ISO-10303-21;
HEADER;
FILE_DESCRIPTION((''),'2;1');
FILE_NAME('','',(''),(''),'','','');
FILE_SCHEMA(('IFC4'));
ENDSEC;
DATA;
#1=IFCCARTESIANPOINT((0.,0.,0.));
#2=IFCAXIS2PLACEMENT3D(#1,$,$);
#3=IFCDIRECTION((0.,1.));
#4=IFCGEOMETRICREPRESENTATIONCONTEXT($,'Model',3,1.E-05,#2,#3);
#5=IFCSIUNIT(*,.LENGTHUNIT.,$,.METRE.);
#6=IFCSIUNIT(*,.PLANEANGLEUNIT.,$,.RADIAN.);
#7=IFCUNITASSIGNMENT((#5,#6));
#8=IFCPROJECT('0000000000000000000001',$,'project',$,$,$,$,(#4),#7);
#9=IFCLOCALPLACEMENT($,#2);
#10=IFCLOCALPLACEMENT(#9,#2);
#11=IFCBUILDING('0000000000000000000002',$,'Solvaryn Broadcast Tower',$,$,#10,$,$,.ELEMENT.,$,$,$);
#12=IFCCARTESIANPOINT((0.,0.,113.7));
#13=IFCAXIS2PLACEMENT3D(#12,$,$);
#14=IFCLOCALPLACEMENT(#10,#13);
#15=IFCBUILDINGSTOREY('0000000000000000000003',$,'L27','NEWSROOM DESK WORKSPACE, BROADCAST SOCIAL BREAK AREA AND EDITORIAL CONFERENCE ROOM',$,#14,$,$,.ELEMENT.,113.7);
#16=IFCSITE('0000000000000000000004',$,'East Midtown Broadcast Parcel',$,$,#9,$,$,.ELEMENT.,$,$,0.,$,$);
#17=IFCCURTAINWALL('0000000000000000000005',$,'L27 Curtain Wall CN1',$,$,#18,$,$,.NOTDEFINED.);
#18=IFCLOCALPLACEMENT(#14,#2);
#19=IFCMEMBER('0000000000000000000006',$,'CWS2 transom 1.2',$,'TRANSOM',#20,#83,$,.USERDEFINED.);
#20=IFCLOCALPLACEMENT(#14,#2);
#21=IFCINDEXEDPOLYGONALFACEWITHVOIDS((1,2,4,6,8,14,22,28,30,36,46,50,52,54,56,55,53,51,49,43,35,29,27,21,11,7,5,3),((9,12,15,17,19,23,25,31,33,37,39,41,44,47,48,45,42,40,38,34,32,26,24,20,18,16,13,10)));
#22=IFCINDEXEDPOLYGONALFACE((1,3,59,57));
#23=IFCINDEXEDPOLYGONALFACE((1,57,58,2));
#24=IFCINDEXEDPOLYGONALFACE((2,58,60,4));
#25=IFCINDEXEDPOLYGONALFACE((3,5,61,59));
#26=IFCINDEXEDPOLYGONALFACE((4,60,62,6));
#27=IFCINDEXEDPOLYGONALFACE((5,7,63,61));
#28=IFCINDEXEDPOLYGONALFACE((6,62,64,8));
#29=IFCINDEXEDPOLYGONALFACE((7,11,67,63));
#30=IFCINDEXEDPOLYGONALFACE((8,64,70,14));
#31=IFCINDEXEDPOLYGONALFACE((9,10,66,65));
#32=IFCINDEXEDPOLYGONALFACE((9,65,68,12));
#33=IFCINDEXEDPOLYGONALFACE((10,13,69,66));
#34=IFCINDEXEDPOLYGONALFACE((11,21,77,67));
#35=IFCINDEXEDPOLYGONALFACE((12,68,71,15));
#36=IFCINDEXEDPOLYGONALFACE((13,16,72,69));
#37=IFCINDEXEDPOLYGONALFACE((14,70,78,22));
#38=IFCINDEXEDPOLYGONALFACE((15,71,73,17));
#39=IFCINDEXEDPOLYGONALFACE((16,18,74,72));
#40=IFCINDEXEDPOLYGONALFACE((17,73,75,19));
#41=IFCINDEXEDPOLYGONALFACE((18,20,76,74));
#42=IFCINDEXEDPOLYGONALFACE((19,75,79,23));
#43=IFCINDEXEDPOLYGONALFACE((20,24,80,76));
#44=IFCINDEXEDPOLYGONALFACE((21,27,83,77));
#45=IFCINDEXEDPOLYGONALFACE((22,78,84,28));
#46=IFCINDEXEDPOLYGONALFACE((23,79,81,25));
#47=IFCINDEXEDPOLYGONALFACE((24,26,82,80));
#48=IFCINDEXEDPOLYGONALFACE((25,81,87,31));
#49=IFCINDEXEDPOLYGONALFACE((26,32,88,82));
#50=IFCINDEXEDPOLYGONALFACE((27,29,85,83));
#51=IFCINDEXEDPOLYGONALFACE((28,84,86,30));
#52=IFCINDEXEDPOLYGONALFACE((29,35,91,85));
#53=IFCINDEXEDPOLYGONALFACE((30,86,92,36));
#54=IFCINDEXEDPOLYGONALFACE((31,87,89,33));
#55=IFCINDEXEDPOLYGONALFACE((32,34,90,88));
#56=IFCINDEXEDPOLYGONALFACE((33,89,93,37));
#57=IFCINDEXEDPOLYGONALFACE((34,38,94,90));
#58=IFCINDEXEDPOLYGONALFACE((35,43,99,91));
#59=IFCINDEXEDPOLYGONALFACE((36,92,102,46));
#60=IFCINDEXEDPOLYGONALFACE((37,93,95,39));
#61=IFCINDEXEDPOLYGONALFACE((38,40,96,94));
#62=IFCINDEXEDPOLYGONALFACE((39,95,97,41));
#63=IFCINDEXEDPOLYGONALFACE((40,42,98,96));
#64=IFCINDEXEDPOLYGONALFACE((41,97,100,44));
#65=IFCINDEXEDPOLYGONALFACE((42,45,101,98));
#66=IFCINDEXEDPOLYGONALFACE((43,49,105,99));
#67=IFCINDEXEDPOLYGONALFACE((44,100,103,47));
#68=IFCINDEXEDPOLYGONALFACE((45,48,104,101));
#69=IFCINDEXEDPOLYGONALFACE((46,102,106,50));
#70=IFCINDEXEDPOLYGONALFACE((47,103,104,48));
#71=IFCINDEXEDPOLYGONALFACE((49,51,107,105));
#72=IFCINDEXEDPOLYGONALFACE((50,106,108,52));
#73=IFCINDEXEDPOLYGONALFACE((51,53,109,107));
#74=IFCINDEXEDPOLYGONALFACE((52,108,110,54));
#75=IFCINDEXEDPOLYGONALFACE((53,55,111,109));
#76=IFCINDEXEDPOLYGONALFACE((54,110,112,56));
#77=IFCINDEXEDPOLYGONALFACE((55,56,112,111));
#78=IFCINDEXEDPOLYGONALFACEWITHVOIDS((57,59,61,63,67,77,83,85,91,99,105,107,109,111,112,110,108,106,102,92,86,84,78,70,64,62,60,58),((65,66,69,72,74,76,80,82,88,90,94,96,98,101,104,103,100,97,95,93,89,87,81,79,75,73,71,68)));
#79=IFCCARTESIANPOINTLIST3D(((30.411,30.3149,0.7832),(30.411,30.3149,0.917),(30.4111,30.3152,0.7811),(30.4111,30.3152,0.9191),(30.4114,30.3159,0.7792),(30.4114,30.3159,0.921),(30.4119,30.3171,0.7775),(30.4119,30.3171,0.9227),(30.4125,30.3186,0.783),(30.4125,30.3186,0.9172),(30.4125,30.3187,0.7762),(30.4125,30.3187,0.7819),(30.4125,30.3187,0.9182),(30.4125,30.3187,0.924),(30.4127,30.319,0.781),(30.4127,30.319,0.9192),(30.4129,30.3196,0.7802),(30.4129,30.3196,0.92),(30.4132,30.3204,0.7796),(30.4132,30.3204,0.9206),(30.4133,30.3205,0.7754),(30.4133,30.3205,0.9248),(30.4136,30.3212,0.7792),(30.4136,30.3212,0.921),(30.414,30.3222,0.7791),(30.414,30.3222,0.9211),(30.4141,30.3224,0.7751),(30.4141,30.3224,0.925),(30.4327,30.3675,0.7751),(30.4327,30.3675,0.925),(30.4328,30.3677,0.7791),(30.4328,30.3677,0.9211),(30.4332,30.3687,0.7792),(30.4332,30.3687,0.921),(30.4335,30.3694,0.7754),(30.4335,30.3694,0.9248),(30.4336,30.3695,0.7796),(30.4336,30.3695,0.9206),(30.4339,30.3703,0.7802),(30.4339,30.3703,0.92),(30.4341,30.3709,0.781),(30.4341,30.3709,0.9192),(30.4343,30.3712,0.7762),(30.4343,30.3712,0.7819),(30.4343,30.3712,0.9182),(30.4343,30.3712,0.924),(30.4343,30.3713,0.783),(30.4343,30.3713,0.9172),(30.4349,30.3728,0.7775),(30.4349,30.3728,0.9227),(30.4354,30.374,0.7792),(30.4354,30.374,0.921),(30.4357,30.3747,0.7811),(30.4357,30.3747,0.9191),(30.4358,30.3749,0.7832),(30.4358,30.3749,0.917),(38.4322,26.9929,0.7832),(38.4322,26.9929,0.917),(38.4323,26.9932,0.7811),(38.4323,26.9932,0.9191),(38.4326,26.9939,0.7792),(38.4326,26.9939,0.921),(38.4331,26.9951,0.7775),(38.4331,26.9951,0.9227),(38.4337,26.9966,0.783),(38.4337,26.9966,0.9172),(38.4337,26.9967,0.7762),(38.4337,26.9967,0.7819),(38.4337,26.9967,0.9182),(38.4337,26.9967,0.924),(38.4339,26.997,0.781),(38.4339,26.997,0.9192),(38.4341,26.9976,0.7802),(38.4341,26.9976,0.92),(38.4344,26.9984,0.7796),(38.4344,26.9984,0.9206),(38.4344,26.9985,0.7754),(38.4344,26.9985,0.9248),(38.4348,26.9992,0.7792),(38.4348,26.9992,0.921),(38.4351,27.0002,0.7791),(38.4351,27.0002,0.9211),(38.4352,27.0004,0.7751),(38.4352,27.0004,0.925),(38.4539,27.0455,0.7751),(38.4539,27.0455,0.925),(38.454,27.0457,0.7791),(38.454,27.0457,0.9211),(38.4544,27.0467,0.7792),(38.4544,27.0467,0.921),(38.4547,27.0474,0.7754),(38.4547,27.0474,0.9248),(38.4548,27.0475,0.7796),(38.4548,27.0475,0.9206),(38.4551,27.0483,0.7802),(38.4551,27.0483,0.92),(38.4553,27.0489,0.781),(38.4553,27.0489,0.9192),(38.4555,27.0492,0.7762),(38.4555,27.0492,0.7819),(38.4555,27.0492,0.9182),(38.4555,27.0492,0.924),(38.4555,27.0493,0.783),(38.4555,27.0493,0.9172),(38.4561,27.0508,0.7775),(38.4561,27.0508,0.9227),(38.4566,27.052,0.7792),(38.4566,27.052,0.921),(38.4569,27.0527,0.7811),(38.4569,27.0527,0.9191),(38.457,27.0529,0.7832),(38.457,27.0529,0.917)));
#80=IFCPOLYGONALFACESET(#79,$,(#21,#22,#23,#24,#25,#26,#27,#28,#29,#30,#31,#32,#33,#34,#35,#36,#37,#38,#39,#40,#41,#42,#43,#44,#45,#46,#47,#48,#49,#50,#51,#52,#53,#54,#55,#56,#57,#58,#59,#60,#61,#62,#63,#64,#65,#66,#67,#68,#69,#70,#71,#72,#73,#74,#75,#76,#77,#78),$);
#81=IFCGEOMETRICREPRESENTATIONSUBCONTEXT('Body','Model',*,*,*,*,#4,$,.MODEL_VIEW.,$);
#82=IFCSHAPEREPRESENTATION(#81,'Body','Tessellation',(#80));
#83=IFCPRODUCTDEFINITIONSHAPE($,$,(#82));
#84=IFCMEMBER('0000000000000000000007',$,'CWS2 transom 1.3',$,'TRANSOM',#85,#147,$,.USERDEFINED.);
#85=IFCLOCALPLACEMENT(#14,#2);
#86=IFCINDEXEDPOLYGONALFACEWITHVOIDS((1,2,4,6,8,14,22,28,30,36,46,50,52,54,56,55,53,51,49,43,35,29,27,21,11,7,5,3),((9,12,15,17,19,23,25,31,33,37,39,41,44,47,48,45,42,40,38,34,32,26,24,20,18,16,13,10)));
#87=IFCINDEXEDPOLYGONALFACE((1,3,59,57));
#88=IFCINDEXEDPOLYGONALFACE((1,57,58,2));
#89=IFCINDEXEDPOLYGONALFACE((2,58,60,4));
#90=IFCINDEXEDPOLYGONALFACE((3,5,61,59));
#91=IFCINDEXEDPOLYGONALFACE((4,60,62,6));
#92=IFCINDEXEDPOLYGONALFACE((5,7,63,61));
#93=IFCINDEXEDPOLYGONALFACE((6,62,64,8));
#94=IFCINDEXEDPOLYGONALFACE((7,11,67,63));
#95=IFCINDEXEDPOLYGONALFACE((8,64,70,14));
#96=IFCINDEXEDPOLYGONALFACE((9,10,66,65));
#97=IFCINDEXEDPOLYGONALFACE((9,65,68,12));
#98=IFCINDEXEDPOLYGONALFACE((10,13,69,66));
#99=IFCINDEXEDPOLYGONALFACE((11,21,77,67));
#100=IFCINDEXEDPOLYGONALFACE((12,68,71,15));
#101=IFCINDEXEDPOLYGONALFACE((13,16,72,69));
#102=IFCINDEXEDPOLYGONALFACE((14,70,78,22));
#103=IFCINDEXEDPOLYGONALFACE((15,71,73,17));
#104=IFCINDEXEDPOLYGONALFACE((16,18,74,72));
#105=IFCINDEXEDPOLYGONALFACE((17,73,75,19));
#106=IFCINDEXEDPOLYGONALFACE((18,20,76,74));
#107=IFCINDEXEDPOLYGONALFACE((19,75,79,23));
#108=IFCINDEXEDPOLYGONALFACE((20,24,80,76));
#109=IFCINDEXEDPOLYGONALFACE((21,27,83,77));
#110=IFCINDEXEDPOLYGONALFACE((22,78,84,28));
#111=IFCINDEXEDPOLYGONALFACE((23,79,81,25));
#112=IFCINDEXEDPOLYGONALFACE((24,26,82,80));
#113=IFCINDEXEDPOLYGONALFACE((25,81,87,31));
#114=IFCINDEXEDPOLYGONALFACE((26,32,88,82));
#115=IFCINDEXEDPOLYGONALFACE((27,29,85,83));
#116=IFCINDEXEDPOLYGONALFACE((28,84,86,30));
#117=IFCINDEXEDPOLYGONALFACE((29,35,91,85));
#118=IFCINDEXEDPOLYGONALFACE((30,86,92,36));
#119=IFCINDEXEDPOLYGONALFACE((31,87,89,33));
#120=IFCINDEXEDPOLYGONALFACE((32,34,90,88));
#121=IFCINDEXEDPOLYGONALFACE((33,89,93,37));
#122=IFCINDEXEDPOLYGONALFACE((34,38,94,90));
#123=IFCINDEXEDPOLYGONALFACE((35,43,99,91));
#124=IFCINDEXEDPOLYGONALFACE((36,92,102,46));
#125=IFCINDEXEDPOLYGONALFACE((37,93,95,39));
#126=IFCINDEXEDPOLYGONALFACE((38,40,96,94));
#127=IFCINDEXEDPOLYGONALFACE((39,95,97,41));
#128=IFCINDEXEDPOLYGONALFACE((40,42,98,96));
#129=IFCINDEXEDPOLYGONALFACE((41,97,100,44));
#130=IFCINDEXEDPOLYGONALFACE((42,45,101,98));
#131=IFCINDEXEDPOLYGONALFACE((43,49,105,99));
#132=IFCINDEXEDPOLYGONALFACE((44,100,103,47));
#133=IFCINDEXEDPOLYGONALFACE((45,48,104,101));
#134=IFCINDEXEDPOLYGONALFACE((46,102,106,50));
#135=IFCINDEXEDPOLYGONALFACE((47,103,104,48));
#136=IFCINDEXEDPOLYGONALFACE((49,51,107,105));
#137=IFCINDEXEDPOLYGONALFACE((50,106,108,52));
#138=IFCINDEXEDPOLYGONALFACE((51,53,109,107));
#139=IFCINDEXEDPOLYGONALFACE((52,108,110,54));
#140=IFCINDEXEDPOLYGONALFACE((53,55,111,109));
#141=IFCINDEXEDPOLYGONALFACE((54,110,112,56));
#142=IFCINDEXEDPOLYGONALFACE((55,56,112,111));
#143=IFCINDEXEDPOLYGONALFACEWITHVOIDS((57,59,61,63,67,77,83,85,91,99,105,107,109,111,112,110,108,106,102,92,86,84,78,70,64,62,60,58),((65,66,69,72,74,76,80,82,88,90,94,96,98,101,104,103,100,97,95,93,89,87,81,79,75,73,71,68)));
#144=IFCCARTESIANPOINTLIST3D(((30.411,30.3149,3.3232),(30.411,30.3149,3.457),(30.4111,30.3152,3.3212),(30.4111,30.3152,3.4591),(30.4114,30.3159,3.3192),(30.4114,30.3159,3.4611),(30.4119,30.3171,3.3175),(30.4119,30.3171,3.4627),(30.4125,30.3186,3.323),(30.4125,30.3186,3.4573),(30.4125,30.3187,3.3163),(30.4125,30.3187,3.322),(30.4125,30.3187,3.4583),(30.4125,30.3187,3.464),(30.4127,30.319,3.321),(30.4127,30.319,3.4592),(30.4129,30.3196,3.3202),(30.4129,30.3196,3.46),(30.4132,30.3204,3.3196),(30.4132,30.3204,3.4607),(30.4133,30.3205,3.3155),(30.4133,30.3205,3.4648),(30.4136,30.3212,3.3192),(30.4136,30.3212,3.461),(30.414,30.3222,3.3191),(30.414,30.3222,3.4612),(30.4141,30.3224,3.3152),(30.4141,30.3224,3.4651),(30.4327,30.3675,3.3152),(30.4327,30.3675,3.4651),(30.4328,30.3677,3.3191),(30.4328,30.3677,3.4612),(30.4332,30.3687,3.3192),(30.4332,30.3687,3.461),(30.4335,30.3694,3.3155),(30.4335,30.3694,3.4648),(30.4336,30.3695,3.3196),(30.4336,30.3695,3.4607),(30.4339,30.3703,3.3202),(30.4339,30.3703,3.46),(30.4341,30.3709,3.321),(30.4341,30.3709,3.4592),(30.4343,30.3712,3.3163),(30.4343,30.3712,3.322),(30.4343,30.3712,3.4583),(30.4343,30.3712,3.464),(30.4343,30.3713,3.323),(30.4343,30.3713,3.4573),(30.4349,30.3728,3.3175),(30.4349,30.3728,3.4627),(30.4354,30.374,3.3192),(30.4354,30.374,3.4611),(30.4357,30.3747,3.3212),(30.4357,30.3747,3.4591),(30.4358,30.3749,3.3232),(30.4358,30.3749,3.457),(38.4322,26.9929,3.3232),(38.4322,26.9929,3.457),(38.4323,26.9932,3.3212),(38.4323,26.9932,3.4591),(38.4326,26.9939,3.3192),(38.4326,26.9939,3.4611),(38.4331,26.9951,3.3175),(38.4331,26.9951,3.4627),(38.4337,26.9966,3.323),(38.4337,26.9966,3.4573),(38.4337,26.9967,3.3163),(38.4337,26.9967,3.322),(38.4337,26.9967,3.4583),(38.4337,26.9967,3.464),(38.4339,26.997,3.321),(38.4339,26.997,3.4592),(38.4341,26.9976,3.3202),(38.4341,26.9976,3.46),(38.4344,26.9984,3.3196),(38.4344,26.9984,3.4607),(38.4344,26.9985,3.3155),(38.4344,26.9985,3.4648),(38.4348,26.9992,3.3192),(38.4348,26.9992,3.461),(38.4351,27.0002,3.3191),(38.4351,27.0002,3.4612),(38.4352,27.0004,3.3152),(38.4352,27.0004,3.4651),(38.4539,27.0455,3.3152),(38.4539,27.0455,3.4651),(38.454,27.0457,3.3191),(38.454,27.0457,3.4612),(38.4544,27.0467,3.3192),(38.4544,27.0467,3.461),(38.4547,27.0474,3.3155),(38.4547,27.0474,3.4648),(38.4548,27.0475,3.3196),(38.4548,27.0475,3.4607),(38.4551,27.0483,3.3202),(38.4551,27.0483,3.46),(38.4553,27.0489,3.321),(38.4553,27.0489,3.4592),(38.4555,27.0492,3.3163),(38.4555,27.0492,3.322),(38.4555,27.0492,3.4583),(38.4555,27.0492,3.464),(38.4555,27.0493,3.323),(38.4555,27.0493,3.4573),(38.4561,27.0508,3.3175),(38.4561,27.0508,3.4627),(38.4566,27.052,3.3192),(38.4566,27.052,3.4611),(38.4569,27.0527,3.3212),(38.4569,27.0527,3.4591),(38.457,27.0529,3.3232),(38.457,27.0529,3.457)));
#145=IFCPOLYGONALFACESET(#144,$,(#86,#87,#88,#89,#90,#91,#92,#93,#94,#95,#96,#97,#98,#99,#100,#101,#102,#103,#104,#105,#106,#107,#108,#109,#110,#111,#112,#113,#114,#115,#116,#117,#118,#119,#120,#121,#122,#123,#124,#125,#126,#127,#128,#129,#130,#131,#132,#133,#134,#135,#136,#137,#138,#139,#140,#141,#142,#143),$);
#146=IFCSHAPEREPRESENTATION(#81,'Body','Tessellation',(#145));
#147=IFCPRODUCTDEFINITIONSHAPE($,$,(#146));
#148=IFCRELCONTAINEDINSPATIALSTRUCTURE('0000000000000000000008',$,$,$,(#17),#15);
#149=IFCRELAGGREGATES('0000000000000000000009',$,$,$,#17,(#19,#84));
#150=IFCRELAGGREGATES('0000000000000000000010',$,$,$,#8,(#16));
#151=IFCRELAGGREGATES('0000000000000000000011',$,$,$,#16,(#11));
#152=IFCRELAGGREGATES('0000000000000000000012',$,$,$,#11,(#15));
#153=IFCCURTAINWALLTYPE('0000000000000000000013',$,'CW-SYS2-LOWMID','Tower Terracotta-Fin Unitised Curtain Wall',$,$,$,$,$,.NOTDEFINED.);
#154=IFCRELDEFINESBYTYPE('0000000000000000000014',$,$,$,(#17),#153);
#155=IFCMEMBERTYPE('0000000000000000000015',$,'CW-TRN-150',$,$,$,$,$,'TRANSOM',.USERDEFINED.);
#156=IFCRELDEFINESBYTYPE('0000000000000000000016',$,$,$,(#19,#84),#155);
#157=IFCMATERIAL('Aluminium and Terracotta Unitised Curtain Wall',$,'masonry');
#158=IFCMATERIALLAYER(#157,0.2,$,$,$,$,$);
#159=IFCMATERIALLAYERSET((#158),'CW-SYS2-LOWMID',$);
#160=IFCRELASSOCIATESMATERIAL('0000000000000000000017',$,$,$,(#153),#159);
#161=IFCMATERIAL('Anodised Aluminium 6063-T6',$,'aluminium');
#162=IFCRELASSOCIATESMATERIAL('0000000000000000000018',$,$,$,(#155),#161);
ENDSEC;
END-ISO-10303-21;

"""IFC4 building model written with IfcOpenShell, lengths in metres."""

from ifc_helpers import new_model, si_unit, direction, frame, origin, origin_2d, place, context, subcontext, project, spatial, hollow_rectangle, extrude, material, layer, layer_set, material_profile, profile_set, type_object, element, aggregate, save


model = new_model("IFC4")

# Units and contexts
model_context = context("Model", 3, precision=1e-05, world=origin(), true_north=direction((0.0, 1.0)))
body_context = subcontext(model_context, "Body", "Model", "MODEL_VIEW")
ifc_project = project(units=[si_unit("LENGTHUNIT", "METRE"), si_unit("PLANEANGLEUNIT", "RADIAN")], contexts=[model_context])

# Site, building, storey
site_placement = place(None, origin())
site = spatial("IfcSite", under=ifc_project, at=site_placement, Name="East Midtown Broadcast Parcel", CompositionType="ELEMENT", RefElevation=0.0)
building_placement = place(site_placement, origin())
building = spatial("IfcBuilding", under=site, at=building_placement, Name="Solvaryn Broadcast Tower", CompositionType="ELEMENT")
storey_placement = place(building_placement, frame((0.0, 0.0, 113.7)))
storey = spatial("IfcBuildingStorey", under=building, at=storey_placement, Name="L27", Description="NEWSROOM DESK WORKSPACE, BROADCAST SOCIAL BREAK AREA AND EDITORIAL CONFERENCE ROOM", CompositionType="ELEMENT", Elevation=113.7)

# Curtain wall
ifc_material_1 = material(Name="Aluminium and Terracotta Unitised Curtain Wall", Category="masonry")
ifc_layer_1 = layer(ifc_material_1, 0.2)
ifc_layer_set_1 = layer_set([ifc_layer_1], Name="CW-SYS2-LOWMID")
curtain_wall_type = type_object("IfcCurtainWallType", Name="CW-SYS2-LOWMID", Description="Tower Terracotta-Fin Unitised Curtain Wall", PredefinedType="NOTDEFINED", material=ifc_layer_set_1)
curtain_wall_1_placement = place(storey_placement, origin())
curtain_wall_1 = element("IfcCurtainWall", 1, at=curtain_wall_1_placement, inside=storey, type_object=curtain_wall_type, Name="L27 Curtain Wall CN1", PredefinedType="NOTDEFINED")

# Members
ifc_material_2 = material(Name="Anodised Aluminium 6063-T6", Category="aluminium")
ifc_material_profile_1 = material_profile(ifc_material_2, hollow_rectangle(XDim=0.0649, YDim=0.1499, WallThickness=0.0039, InnerFilletRadius=0.0039, OuterFilletRadius=0.0081, at=origin_2d()))
ifc_profile_set_1 = profile_set([ifc_material_profile_1], Name="Anodised Aluminium 6063-T6")
member_type_1 = type_object("IfcMemberType", Name="CW-TRN-150", ElementType="TRANSOM", PredefinedType="USERDEFINED", material=ifc_profile_set_1)
member_1_placement = place(storey_placement, frame((38.4446, 27.0229, 0.8501), z_axis=(-0.923899, 0.382636, 0.0), x_axis=(-0.382636, -0.923899, 0.0)))
member_1 = element("IfcMember", 2, at=member_1_placement, type_object=member_type_1, Name="CWS2 transom 1.2", ObjectType="TRANSOM", PredefinedType="USERDEFINED", context=body_context, shape_type="SweptSolid", body=[
    extrude(hollow_rectangle(XDim=0.0649, YDim=0.1499, WallThickness=0.0039, InnerFilletRadius=0.0039, OuterFilletRadius=0.0081, at=origin_2d()), origin(), (0.0, 0.0, 1.0), 8.6819),
])
member_2_placement = place(storey_placement, frame((38.4446, 27.0229, 3.3901), z_axis=(-0.923899, 0.382636, 0.0), x_axis=(-0.382636, -0.923899, 0.0)))
member_2 = element("IfcMember", 3, at=member_2_placement, type_object=member_type_1, Name="CWS2 transom 1.3", ObjectType="TRANSOM", PredefinedType="USERDEFINED", context=body_context, shape_type="SweptSolid", body=[
    extrude(hollow_rectangle(XDim=0.0649, YDim=0.1499, WallThickness=0.0039, InnerFilletRadius=0.0039, OuterFilletRadius=0.0081, at=origin_2d()), origin(), (0.0, 0.0, 1.0), 8.6819),
])
aggregate(curtain_wall_1, [member_1, member_2])

save(model, "model.ifc")
